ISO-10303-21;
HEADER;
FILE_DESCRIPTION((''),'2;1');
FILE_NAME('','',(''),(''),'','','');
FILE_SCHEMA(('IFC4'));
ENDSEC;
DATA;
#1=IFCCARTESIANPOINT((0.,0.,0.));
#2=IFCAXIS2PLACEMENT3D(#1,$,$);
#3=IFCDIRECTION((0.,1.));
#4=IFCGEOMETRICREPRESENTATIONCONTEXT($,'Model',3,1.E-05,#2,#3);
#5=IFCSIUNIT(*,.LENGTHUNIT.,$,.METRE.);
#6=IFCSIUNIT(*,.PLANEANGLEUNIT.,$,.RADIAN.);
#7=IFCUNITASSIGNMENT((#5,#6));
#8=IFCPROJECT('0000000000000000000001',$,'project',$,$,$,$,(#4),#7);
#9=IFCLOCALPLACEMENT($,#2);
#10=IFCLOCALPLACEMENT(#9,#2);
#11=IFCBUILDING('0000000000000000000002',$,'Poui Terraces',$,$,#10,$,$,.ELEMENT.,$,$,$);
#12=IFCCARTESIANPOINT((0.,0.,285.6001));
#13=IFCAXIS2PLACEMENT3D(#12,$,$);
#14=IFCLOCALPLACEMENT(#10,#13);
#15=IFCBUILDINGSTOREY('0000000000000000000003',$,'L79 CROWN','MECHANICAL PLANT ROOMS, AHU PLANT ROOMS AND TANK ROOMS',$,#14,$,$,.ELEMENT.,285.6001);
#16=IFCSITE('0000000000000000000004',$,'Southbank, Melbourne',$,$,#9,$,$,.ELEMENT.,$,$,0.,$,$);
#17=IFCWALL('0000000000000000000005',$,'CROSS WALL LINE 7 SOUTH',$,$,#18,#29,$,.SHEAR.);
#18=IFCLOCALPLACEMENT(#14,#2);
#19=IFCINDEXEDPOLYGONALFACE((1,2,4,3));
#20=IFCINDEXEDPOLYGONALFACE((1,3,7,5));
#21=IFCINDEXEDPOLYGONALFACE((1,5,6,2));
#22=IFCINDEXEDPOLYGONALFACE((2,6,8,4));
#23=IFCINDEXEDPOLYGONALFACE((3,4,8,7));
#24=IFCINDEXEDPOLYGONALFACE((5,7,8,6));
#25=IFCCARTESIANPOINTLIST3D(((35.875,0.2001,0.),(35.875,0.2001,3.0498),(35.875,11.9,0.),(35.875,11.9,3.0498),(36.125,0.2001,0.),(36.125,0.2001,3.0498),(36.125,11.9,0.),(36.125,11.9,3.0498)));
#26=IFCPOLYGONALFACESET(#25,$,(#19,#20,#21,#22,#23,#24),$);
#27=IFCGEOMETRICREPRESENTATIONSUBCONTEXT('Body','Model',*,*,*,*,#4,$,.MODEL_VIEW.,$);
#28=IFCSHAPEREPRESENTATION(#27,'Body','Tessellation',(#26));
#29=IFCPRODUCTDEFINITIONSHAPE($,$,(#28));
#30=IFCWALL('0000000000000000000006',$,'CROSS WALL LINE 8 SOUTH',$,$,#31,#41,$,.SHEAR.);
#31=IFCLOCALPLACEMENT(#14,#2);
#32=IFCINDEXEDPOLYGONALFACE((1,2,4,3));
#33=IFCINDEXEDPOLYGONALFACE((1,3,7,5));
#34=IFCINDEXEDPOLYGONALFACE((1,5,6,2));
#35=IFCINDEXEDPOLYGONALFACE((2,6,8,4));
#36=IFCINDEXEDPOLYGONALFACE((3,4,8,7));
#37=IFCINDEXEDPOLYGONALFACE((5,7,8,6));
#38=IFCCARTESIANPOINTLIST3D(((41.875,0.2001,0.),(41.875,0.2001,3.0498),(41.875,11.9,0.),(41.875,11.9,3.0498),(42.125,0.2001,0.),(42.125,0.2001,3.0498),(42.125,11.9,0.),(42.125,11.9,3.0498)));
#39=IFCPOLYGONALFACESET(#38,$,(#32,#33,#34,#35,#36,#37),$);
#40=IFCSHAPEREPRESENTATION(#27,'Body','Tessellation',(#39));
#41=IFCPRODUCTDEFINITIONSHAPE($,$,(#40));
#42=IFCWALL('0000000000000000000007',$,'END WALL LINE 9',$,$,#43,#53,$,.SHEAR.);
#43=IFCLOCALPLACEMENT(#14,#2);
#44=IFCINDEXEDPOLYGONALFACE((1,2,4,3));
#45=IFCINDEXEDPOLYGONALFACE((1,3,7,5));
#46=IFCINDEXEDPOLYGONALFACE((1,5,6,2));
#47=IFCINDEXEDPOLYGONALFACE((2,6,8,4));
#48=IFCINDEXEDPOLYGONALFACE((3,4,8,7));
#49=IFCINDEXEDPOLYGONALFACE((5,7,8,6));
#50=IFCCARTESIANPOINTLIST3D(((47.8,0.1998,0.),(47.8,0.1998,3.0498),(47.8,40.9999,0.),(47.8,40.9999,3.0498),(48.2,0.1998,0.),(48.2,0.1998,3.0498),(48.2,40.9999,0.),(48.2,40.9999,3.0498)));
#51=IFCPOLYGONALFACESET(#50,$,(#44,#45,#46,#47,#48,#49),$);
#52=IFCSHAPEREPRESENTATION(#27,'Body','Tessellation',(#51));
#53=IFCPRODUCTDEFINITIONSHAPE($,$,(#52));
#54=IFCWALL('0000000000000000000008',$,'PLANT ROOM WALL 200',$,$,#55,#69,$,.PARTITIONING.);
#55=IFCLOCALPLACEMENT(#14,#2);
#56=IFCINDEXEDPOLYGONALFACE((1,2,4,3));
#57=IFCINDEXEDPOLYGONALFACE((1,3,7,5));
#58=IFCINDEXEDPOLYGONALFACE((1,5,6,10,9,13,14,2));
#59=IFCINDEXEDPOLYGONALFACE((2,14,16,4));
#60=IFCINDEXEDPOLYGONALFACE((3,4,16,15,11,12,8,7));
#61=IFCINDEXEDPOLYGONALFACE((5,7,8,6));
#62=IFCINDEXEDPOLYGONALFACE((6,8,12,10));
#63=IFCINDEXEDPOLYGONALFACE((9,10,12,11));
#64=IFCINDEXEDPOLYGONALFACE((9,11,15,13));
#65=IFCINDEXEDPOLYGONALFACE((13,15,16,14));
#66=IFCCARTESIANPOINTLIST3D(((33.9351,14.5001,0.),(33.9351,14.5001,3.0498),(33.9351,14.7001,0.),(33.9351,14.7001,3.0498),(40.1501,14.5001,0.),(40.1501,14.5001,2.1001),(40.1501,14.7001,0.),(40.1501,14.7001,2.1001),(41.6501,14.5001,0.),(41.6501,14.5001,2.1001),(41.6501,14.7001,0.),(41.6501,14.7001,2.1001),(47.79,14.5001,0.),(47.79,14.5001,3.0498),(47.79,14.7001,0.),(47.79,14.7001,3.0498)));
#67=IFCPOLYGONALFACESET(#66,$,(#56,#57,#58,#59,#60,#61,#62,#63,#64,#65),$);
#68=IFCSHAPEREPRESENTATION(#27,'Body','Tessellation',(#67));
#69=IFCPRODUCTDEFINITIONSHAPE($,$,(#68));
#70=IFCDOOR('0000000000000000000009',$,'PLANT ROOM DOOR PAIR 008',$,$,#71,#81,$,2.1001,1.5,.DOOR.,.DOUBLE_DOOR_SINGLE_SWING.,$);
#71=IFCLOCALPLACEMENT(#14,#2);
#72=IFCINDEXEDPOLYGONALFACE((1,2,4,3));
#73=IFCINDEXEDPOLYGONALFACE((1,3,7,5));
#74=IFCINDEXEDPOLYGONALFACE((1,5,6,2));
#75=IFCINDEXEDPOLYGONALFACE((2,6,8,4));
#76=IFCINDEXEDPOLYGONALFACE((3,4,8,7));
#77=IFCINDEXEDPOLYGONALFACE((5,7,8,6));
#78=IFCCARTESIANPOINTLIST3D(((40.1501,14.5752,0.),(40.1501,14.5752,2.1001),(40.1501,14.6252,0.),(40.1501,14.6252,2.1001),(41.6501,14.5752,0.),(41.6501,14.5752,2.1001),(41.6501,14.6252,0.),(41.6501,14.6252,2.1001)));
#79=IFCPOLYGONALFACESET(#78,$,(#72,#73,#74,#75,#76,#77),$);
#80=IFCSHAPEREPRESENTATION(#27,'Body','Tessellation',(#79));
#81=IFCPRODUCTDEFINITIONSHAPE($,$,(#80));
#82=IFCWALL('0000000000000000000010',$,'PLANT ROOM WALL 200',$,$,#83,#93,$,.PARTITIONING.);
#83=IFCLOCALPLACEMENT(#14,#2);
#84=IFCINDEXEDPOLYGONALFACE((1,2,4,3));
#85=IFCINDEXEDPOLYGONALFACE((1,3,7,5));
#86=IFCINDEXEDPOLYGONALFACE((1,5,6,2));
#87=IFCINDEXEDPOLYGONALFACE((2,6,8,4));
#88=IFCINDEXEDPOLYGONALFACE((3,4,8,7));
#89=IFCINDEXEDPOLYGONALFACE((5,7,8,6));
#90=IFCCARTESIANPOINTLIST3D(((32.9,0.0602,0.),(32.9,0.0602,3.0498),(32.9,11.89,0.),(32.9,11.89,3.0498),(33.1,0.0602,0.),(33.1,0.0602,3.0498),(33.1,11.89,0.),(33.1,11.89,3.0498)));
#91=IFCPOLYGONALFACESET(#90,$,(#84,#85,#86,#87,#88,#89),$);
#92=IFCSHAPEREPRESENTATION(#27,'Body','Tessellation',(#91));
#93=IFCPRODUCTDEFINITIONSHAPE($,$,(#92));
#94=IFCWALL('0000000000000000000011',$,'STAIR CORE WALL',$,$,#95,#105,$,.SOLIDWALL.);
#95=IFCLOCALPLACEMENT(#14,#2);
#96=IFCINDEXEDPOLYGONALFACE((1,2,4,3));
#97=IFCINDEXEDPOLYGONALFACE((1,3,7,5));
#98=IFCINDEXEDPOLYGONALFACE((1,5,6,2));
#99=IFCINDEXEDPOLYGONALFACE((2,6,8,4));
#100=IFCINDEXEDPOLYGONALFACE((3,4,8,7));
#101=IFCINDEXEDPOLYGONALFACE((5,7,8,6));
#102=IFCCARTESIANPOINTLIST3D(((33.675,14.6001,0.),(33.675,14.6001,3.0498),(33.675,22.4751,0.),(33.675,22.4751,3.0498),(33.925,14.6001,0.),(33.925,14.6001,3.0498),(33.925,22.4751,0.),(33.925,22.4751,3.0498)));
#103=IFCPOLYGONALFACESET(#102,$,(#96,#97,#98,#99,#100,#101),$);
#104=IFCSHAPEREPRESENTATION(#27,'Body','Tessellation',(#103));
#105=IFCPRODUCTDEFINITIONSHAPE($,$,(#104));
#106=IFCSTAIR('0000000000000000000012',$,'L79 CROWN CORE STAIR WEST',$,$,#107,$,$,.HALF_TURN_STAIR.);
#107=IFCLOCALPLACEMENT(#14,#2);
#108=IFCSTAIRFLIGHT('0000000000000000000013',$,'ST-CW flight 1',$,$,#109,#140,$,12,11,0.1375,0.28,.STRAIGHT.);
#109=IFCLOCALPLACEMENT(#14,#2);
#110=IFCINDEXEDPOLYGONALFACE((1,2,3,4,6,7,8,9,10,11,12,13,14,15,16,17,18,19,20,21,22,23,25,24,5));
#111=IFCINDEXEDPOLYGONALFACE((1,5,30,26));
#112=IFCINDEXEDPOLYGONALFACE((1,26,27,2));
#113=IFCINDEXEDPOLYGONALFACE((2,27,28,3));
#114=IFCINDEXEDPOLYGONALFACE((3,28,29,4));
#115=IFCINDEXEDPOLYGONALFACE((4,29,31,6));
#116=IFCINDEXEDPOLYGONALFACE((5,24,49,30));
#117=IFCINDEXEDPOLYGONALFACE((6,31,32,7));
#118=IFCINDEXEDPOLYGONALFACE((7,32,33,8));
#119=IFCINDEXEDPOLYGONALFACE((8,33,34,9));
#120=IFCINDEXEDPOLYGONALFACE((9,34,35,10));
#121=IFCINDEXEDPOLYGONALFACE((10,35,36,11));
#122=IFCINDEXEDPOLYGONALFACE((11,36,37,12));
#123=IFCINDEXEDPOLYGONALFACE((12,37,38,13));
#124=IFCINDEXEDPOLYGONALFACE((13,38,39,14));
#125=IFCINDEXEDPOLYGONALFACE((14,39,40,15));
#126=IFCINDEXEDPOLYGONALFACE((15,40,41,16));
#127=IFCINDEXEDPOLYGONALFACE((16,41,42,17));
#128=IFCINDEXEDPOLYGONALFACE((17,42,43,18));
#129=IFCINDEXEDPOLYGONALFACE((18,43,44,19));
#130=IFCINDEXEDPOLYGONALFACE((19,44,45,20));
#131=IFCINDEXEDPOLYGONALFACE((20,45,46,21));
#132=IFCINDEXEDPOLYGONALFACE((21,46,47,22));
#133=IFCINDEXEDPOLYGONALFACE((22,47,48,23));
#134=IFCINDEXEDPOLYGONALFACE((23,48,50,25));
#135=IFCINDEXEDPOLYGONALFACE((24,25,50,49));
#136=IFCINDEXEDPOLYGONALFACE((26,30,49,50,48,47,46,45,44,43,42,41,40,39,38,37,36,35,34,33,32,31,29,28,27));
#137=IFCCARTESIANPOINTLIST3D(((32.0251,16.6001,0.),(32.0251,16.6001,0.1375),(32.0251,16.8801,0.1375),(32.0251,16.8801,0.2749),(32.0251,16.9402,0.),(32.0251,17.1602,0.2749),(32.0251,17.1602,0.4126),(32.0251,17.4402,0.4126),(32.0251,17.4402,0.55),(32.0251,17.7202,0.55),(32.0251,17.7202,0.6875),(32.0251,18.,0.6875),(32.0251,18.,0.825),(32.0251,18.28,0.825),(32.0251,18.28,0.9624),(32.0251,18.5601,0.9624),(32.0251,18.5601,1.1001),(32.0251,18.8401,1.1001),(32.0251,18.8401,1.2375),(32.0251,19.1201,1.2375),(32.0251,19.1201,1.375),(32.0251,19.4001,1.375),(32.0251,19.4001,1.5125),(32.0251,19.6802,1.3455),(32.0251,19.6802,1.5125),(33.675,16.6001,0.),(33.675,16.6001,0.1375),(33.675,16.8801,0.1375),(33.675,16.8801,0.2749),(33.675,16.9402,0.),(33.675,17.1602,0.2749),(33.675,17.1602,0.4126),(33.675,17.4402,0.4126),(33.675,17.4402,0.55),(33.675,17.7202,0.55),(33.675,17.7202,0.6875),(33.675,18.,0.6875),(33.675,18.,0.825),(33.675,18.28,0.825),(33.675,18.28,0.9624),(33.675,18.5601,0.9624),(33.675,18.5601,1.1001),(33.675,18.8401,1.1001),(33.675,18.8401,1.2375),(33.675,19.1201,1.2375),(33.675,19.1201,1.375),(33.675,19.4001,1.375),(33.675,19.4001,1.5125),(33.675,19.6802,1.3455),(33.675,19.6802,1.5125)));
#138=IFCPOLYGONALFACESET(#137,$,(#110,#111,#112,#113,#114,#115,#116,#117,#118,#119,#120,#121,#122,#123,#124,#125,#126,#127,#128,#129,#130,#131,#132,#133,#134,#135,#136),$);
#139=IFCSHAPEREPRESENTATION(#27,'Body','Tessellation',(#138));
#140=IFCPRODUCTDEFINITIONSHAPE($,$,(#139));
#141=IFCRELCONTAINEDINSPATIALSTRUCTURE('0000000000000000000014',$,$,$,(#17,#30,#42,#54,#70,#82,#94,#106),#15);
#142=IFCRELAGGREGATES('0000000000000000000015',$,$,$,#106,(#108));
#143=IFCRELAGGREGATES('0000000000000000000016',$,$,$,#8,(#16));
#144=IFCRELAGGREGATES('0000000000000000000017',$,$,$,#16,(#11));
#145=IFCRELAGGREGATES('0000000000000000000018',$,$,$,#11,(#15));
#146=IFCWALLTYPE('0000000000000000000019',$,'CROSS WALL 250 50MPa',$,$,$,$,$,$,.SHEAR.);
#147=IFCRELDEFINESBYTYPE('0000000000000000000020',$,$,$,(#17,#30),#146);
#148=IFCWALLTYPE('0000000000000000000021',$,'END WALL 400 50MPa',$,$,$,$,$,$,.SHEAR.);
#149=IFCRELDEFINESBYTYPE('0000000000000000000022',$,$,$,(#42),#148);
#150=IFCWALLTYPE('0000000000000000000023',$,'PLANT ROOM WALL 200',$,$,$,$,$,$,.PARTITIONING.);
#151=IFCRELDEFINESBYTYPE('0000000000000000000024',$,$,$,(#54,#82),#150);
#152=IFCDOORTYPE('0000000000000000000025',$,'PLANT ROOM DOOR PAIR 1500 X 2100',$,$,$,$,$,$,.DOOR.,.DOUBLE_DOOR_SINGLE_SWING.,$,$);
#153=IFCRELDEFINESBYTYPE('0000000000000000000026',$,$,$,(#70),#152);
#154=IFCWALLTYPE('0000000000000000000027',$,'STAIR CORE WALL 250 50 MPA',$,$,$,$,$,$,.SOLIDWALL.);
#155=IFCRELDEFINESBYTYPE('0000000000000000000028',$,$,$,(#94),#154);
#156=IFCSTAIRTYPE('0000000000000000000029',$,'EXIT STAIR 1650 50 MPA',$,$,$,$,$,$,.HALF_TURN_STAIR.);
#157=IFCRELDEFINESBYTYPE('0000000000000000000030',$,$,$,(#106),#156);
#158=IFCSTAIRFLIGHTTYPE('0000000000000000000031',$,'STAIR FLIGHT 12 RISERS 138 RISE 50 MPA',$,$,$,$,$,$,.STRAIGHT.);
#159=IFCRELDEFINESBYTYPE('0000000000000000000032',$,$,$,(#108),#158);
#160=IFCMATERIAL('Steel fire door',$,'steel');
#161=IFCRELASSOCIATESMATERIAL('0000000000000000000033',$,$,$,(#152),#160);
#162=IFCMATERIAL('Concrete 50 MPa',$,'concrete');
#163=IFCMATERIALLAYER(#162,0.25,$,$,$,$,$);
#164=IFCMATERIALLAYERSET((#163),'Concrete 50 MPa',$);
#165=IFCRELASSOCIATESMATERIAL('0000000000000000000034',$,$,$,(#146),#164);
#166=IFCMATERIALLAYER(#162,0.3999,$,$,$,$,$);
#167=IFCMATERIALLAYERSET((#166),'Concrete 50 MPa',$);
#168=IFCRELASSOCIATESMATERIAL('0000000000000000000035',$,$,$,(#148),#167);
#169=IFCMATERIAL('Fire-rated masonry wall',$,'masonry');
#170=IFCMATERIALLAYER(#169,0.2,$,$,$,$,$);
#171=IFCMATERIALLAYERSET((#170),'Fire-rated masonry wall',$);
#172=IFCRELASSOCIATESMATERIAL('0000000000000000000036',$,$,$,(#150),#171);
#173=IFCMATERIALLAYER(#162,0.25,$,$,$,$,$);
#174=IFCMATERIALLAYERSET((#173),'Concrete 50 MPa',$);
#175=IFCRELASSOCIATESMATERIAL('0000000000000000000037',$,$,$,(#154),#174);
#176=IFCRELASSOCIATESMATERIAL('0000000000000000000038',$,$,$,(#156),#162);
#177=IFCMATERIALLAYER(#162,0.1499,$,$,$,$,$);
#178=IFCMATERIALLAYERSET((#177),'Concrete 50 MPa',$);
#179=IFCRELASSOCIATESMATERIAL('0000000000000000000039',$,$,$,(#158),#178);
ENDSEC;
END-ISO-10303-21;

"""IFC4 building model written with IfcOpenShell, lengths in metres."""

from ifc_helpers import new_model, si_unit, direction, frame, frame_2d, origin, place, context, subcontext, project, spatial, polyline, rectangle, outline, extrude, material, layer, layer_set, type_object, element, fill, aggregate, save


model = new_model("IFC4")

# Units and contexts
model_context = context("Model", 3, precision=1e-05, world=origin(), true_north=direction((0.0, 1.0)))
body_context = subcontext(model_context, "Body", "Model", "MODEL_VIEW")
ifc_project = project(units=[si_unit("LENGTHUNIT", "METRE"), si_unit("PLANEANGLEUNIT", "RADIAN")], contexts=[model_context])

# Site, building, storey
site_placement = place(None, origin())
site = spatial("IfcSite", under=ifc_project, at=site_placement, Name="Southbank, Melbourne", CompositionType="ELEMENT", RefElevation=0.0)
building_placement = place(site_placement, origin())
building = spatial("IfcBuilding", under=site, at=building_placement, Name="Poui Terraces", CompositionType="ELEMENT")
storey_placement = place(building_placement, frame((0.0, 0.0, 285.6001)))
storey = spatial("IfcBuildingStorey", under=building, at=storey_placement, Name="L79 CROWN", Description="MECHANICAL PLANT ROOMS, AHU PLANT ROOMS AND TANK ROOMS", CompositionType="ELEMENT", Elevation=285.6001)

# Shared definitions
ifc_material_1 = material(Name="Concrete 50 MPa", Category="concrete")

# Shared definitions
ifc_material_2 = material(Name="Steel fire door", Category="steel")
door_type = type_object("IfcDoorType", Name="PLANT ROOM DOOR PAIR 1500 X 2100", OperationType="DOUBLE_DOOR_SINGLE_SWING", PredefinedType="DOOR", material=ifc_material_2)

# Walls
ifc_layer_1 = layer(ifc_material_1, 0.25)
ifc_layer_set_1 = layer_set([ifc_layer_1], Name="Concrete 50 MPa")
wall_type_1 = type_object("IfcWallType", Name="CROSS WALL 250 50MPa", PredefinedType="SHEAR", material=ifc_layer_set_1)
for number, where, z_axis, x_axis, name in (
    (1, (36.0, 0.2, 0.0), (0.0, 0.0, 1.0), (0.0, 1.0, 0.0), "CROSS WALL LINE 7 SOUTH"),
    (2, (42.0, 0.2, 0.0), (0.0, 0.0, 1.0), (0.0, 1.0, 0.0), "CROSS WALL LINE 8 SOUTH"),
):
    element("IfcWall", number, at=place(storey_placement, frame(where, z_axis=z_axis, x_axis=x_axis)), inside=storey, type_object=wall_type_1, Name=name, PredefinedType="SHEAR", context=body_context, shape_type="SweptSolid", body=[
        extrude(rectangle(XDim=11.7, YDim=0.25, at=frame_2d((5.8501, 0.0))), origin(), (0.0, 0.0, 1.0), 3.0498),
    ])
ifc_layer_2 = layer(ifc_material_1, 0.3999)
ifc_layer_set_2 = layer_set([ifc_layer_2], Name="Concrete 50 MPa")
wall_type_2 = type_object("IfcWallType", Name="END WALL 400 50MPa", PredefinedType="SHEAR", material=ifc_layer_set_2)
wall_1_placement = place(storey_placement, frame((48.0, 0.2, 0.0), z_axis=(0.0, 0.0, 1.0), x_axis=(0.0, 1.0, 0.0)))
element("IfcWall", 3, at=wall_1_placement, inside=storey, type_object=wall_type_2, Name="END WALL LINE 9", PredefinedType="SHEAR", context=body_context, shape_type="SweptSolid", body=[
    extrude(rectangle(XDim=40.8, YDim=0.3999, at=frame_2d((20.3999, 0.0))), origin(), (0.0, 0.0, 1.0), 3.0498),
])

# Wall, opening, door
ifc_material_3 = material(Name="Fire-rated masonry wall", Category="masonry")
ifc_layer_3 = layer(ifc_material_3, 0.2)
ifc_layer_set_3 = layer_set([ifc_layer_3], Name="Fire-rated masonry wall")
wall_type_3 = type_object("IfcWallType", Name="PLANT ROOM WALL 200", PredefinedType="PARTITIONING", material=ifc_layer_set_3)
wall_2_placement = place(storey_placement, frame((33.9351, 14.6001, 0.0), z_axis=(0.0, 0.0, 1.0), x_axis=(1.0, 0.0, 0.0)))
wall_2 = element("IfcWall", 4, at=wall_2_placement, inside=storey, type_object=wall_type_3, Name="PLANT ROOM WALL 200", PredefinedType="PARTITIONING", context=body_context, shape_type="SweptSolid", body=[
    extrude(rectangle(XDim=13.855, YDim=0.2, at=frame_2d((6.9275, 0.0))), origin(), (0.0, 0.0, 1.0), 3.0498),
])
opening_1_placement = place(wall_2_placement, frame((6.2151, 0.0, 0.0)))
opening_1 = element("IfcOpeningElement", 5, at=opening_1_placement, cuts=wall_2, PredefinedType="OPENING", context=body_context, shape_type="SweptSolid", body=[
    extrude(rectangle(XDim=1.5, YDim=2.1001, at=frame_2d((0.75, 1.05))), frame((0.0, 0.1099, 0.0), z_axis=(0.0, -1.0, 0.0), x_axis=(1.0, 0.0, 0.0)), (0.0, 0.0, 1.0), 0.22),
])
door_1_placement = place(opening_1_placement, frame((1.5, 0.0, 0.0), z_axis=(0.0, 0.0, 1.0), x_axis=(-1.0, 0.0, 0.0)))
door_1 = element("IfcDoor", 6, at=door_1_placement, inside=storey, type_object=door_type, Name="PLANT ROOM DOOR PAIR 008", OperationType="DOUBLE_DOOR_SINGLE_SWING", OverallHeight=2.1001, OverallWidth=1.5, PredefinedType="DOOR", context=body_context, shape_type="SweptSolid", body=[
    extrude(rectangle(XDim=1.5, YDim=2.1001, at=frame_2d((0.75, 1.05))), frame((0.0, 0.0249, 0.0), z_axis=(0.0, -1.0, 0.0), x_axis=(1.0, 0.0, 0.0)), (0.0, 0.0, 1.0), 0.05),
])
fill(opening_1, door_1)

# Walls
wall_3_placement = place(storey_placement, frame((33.0, 0.0601, 0.0), z_axis=(0.0, 0.0, 1.0), x_axis=(0.0, 1.0, 0.0)))
element("IfcWall", 7, at=wall_3_placement, inside=storey, type_object=wall_type_3, Name="PLANT ROOM WALL 200", PredefinedType="PARTITIONING", context=body_context, shape_type="SweptSolid", body=[
    extrude(rectangle(XDim=11.8298, YDim=0.2, at=frame_2d((5.915, 0.0))), origin(), (0.0, 0.0, 1.0), 3.0498),
])
ifc_layer_4 = layer(ifc_material_1, 0.25)
ifc_layer_set_4 = layer_set([ifc_layer_4], Name="Concrete 50 MPa")
wall_type_4 = type_object("IfcWallType", Name="STAIR CORE WALL 250 50 MPA", PredefinedType="SOLIDWALL", material=ifc_layer_set_4)
wall_4_placement = place(storey_placement, frame((33.8, 14.6001, 0.0), z_axis=(0.0, 0.0, 1.0), x_axis=(0.0, 1.0, 0.0)))
element("IfcWall", 8, at=wall_4_placement, inside=storey, type_object=wall_type_4, Name="STAIR CORE WALL", PredefinedType="SOLIDWALL", context=body_context, shape_type="SweptSolid", body=[
    extrude(rectangle(XDim=7.875, YDim=0.25, at=frame_2d((3.9375, 0.0))), origin(), (0.0, 0.0, 1.0), 3.0498),
])

# Stair, stair flight
stair_type = type_object("IfcStairType", Name="EXIT STAIR 1650 50 MPA", PredefinedType="HALF_TURN_STAIR", material=ifc_material_1)
stair_placement = place(storey_placement, origin())
stair = element("IfcStair", 9, at=stair_placement, inside=storey, type_object=stair_type, Name="L79 CROWN CORE STAIR WEST", PredefinedType="HALF_TURN_STAIR")
ifc_layer_5 = layer(ifc_material_1, 0.1499)
ifc_layer_set_5 = layer_set([ifc_layer_5], Name="Concrete 50 MPa")
stair_flight_type = type_object("IfcStairFlightType", Name="STAIR FLIGHT 12 RISERS 138 RISE 50 MPA", PredefinedType="STRAIGHT", material=ifc_layer_set_5)
stair_flight_placement = place(storey_placement, frame((32.8501, 16.6001, 0.0), z_axis=(0.0, 0.0, 1.0), x_axis=(0.0, 1.0, 0.0)))
stair_flight = element("IfcStairFlight", 10, at=stair_flight_placement, type_object=stair_flight_type, Name="ST-CW flight 1", NumberOfRisers=12, NumberOfTreads=11, PredefinedType="STRAIGHT", RiserHeight=0.1375, TreadLength=0.28, context=body_context, shape_type="SweptSolid", body=[
    extrude(outline(polyline([(0.0, 0.0), (0.0, 0.1375), (0.28, 0.1375), (0.28, 0.2749), (0.5601, 0.2749), (0.5601, 0.4126), (0.8401, 0.4126), (0.8401, 0.55), (1.1201, 0.55), (1.1201, 0.6875), (1.3999, 0.6875), (1.3999, 0.825), (1.6799, 0.825), (1.6799, 0.9624), (1.96, 0.9624), (1.96, 1.1001), (2.24, 1.1001), (2.24, 1.2375), (2.52, 1.2375), (2.52, 1.375), (2.8, 1.375), (2.8, 1.5125), (3.0801, 1.5125), (3.0801, 1.6499), (3.0801, 1.3455), (0.3401, 0.0), (0.0, 0.0)])), frame((0.0, 0.825, 0.0), z_axis=(0.0, -1.0, 0.0), x_axis=(1.0, 0.0, 0.0)), (0.0, 0.0, 1.0), 1.6499),
])
aggregate(stair, [stair_flight])

save(model, "model.ifc")
